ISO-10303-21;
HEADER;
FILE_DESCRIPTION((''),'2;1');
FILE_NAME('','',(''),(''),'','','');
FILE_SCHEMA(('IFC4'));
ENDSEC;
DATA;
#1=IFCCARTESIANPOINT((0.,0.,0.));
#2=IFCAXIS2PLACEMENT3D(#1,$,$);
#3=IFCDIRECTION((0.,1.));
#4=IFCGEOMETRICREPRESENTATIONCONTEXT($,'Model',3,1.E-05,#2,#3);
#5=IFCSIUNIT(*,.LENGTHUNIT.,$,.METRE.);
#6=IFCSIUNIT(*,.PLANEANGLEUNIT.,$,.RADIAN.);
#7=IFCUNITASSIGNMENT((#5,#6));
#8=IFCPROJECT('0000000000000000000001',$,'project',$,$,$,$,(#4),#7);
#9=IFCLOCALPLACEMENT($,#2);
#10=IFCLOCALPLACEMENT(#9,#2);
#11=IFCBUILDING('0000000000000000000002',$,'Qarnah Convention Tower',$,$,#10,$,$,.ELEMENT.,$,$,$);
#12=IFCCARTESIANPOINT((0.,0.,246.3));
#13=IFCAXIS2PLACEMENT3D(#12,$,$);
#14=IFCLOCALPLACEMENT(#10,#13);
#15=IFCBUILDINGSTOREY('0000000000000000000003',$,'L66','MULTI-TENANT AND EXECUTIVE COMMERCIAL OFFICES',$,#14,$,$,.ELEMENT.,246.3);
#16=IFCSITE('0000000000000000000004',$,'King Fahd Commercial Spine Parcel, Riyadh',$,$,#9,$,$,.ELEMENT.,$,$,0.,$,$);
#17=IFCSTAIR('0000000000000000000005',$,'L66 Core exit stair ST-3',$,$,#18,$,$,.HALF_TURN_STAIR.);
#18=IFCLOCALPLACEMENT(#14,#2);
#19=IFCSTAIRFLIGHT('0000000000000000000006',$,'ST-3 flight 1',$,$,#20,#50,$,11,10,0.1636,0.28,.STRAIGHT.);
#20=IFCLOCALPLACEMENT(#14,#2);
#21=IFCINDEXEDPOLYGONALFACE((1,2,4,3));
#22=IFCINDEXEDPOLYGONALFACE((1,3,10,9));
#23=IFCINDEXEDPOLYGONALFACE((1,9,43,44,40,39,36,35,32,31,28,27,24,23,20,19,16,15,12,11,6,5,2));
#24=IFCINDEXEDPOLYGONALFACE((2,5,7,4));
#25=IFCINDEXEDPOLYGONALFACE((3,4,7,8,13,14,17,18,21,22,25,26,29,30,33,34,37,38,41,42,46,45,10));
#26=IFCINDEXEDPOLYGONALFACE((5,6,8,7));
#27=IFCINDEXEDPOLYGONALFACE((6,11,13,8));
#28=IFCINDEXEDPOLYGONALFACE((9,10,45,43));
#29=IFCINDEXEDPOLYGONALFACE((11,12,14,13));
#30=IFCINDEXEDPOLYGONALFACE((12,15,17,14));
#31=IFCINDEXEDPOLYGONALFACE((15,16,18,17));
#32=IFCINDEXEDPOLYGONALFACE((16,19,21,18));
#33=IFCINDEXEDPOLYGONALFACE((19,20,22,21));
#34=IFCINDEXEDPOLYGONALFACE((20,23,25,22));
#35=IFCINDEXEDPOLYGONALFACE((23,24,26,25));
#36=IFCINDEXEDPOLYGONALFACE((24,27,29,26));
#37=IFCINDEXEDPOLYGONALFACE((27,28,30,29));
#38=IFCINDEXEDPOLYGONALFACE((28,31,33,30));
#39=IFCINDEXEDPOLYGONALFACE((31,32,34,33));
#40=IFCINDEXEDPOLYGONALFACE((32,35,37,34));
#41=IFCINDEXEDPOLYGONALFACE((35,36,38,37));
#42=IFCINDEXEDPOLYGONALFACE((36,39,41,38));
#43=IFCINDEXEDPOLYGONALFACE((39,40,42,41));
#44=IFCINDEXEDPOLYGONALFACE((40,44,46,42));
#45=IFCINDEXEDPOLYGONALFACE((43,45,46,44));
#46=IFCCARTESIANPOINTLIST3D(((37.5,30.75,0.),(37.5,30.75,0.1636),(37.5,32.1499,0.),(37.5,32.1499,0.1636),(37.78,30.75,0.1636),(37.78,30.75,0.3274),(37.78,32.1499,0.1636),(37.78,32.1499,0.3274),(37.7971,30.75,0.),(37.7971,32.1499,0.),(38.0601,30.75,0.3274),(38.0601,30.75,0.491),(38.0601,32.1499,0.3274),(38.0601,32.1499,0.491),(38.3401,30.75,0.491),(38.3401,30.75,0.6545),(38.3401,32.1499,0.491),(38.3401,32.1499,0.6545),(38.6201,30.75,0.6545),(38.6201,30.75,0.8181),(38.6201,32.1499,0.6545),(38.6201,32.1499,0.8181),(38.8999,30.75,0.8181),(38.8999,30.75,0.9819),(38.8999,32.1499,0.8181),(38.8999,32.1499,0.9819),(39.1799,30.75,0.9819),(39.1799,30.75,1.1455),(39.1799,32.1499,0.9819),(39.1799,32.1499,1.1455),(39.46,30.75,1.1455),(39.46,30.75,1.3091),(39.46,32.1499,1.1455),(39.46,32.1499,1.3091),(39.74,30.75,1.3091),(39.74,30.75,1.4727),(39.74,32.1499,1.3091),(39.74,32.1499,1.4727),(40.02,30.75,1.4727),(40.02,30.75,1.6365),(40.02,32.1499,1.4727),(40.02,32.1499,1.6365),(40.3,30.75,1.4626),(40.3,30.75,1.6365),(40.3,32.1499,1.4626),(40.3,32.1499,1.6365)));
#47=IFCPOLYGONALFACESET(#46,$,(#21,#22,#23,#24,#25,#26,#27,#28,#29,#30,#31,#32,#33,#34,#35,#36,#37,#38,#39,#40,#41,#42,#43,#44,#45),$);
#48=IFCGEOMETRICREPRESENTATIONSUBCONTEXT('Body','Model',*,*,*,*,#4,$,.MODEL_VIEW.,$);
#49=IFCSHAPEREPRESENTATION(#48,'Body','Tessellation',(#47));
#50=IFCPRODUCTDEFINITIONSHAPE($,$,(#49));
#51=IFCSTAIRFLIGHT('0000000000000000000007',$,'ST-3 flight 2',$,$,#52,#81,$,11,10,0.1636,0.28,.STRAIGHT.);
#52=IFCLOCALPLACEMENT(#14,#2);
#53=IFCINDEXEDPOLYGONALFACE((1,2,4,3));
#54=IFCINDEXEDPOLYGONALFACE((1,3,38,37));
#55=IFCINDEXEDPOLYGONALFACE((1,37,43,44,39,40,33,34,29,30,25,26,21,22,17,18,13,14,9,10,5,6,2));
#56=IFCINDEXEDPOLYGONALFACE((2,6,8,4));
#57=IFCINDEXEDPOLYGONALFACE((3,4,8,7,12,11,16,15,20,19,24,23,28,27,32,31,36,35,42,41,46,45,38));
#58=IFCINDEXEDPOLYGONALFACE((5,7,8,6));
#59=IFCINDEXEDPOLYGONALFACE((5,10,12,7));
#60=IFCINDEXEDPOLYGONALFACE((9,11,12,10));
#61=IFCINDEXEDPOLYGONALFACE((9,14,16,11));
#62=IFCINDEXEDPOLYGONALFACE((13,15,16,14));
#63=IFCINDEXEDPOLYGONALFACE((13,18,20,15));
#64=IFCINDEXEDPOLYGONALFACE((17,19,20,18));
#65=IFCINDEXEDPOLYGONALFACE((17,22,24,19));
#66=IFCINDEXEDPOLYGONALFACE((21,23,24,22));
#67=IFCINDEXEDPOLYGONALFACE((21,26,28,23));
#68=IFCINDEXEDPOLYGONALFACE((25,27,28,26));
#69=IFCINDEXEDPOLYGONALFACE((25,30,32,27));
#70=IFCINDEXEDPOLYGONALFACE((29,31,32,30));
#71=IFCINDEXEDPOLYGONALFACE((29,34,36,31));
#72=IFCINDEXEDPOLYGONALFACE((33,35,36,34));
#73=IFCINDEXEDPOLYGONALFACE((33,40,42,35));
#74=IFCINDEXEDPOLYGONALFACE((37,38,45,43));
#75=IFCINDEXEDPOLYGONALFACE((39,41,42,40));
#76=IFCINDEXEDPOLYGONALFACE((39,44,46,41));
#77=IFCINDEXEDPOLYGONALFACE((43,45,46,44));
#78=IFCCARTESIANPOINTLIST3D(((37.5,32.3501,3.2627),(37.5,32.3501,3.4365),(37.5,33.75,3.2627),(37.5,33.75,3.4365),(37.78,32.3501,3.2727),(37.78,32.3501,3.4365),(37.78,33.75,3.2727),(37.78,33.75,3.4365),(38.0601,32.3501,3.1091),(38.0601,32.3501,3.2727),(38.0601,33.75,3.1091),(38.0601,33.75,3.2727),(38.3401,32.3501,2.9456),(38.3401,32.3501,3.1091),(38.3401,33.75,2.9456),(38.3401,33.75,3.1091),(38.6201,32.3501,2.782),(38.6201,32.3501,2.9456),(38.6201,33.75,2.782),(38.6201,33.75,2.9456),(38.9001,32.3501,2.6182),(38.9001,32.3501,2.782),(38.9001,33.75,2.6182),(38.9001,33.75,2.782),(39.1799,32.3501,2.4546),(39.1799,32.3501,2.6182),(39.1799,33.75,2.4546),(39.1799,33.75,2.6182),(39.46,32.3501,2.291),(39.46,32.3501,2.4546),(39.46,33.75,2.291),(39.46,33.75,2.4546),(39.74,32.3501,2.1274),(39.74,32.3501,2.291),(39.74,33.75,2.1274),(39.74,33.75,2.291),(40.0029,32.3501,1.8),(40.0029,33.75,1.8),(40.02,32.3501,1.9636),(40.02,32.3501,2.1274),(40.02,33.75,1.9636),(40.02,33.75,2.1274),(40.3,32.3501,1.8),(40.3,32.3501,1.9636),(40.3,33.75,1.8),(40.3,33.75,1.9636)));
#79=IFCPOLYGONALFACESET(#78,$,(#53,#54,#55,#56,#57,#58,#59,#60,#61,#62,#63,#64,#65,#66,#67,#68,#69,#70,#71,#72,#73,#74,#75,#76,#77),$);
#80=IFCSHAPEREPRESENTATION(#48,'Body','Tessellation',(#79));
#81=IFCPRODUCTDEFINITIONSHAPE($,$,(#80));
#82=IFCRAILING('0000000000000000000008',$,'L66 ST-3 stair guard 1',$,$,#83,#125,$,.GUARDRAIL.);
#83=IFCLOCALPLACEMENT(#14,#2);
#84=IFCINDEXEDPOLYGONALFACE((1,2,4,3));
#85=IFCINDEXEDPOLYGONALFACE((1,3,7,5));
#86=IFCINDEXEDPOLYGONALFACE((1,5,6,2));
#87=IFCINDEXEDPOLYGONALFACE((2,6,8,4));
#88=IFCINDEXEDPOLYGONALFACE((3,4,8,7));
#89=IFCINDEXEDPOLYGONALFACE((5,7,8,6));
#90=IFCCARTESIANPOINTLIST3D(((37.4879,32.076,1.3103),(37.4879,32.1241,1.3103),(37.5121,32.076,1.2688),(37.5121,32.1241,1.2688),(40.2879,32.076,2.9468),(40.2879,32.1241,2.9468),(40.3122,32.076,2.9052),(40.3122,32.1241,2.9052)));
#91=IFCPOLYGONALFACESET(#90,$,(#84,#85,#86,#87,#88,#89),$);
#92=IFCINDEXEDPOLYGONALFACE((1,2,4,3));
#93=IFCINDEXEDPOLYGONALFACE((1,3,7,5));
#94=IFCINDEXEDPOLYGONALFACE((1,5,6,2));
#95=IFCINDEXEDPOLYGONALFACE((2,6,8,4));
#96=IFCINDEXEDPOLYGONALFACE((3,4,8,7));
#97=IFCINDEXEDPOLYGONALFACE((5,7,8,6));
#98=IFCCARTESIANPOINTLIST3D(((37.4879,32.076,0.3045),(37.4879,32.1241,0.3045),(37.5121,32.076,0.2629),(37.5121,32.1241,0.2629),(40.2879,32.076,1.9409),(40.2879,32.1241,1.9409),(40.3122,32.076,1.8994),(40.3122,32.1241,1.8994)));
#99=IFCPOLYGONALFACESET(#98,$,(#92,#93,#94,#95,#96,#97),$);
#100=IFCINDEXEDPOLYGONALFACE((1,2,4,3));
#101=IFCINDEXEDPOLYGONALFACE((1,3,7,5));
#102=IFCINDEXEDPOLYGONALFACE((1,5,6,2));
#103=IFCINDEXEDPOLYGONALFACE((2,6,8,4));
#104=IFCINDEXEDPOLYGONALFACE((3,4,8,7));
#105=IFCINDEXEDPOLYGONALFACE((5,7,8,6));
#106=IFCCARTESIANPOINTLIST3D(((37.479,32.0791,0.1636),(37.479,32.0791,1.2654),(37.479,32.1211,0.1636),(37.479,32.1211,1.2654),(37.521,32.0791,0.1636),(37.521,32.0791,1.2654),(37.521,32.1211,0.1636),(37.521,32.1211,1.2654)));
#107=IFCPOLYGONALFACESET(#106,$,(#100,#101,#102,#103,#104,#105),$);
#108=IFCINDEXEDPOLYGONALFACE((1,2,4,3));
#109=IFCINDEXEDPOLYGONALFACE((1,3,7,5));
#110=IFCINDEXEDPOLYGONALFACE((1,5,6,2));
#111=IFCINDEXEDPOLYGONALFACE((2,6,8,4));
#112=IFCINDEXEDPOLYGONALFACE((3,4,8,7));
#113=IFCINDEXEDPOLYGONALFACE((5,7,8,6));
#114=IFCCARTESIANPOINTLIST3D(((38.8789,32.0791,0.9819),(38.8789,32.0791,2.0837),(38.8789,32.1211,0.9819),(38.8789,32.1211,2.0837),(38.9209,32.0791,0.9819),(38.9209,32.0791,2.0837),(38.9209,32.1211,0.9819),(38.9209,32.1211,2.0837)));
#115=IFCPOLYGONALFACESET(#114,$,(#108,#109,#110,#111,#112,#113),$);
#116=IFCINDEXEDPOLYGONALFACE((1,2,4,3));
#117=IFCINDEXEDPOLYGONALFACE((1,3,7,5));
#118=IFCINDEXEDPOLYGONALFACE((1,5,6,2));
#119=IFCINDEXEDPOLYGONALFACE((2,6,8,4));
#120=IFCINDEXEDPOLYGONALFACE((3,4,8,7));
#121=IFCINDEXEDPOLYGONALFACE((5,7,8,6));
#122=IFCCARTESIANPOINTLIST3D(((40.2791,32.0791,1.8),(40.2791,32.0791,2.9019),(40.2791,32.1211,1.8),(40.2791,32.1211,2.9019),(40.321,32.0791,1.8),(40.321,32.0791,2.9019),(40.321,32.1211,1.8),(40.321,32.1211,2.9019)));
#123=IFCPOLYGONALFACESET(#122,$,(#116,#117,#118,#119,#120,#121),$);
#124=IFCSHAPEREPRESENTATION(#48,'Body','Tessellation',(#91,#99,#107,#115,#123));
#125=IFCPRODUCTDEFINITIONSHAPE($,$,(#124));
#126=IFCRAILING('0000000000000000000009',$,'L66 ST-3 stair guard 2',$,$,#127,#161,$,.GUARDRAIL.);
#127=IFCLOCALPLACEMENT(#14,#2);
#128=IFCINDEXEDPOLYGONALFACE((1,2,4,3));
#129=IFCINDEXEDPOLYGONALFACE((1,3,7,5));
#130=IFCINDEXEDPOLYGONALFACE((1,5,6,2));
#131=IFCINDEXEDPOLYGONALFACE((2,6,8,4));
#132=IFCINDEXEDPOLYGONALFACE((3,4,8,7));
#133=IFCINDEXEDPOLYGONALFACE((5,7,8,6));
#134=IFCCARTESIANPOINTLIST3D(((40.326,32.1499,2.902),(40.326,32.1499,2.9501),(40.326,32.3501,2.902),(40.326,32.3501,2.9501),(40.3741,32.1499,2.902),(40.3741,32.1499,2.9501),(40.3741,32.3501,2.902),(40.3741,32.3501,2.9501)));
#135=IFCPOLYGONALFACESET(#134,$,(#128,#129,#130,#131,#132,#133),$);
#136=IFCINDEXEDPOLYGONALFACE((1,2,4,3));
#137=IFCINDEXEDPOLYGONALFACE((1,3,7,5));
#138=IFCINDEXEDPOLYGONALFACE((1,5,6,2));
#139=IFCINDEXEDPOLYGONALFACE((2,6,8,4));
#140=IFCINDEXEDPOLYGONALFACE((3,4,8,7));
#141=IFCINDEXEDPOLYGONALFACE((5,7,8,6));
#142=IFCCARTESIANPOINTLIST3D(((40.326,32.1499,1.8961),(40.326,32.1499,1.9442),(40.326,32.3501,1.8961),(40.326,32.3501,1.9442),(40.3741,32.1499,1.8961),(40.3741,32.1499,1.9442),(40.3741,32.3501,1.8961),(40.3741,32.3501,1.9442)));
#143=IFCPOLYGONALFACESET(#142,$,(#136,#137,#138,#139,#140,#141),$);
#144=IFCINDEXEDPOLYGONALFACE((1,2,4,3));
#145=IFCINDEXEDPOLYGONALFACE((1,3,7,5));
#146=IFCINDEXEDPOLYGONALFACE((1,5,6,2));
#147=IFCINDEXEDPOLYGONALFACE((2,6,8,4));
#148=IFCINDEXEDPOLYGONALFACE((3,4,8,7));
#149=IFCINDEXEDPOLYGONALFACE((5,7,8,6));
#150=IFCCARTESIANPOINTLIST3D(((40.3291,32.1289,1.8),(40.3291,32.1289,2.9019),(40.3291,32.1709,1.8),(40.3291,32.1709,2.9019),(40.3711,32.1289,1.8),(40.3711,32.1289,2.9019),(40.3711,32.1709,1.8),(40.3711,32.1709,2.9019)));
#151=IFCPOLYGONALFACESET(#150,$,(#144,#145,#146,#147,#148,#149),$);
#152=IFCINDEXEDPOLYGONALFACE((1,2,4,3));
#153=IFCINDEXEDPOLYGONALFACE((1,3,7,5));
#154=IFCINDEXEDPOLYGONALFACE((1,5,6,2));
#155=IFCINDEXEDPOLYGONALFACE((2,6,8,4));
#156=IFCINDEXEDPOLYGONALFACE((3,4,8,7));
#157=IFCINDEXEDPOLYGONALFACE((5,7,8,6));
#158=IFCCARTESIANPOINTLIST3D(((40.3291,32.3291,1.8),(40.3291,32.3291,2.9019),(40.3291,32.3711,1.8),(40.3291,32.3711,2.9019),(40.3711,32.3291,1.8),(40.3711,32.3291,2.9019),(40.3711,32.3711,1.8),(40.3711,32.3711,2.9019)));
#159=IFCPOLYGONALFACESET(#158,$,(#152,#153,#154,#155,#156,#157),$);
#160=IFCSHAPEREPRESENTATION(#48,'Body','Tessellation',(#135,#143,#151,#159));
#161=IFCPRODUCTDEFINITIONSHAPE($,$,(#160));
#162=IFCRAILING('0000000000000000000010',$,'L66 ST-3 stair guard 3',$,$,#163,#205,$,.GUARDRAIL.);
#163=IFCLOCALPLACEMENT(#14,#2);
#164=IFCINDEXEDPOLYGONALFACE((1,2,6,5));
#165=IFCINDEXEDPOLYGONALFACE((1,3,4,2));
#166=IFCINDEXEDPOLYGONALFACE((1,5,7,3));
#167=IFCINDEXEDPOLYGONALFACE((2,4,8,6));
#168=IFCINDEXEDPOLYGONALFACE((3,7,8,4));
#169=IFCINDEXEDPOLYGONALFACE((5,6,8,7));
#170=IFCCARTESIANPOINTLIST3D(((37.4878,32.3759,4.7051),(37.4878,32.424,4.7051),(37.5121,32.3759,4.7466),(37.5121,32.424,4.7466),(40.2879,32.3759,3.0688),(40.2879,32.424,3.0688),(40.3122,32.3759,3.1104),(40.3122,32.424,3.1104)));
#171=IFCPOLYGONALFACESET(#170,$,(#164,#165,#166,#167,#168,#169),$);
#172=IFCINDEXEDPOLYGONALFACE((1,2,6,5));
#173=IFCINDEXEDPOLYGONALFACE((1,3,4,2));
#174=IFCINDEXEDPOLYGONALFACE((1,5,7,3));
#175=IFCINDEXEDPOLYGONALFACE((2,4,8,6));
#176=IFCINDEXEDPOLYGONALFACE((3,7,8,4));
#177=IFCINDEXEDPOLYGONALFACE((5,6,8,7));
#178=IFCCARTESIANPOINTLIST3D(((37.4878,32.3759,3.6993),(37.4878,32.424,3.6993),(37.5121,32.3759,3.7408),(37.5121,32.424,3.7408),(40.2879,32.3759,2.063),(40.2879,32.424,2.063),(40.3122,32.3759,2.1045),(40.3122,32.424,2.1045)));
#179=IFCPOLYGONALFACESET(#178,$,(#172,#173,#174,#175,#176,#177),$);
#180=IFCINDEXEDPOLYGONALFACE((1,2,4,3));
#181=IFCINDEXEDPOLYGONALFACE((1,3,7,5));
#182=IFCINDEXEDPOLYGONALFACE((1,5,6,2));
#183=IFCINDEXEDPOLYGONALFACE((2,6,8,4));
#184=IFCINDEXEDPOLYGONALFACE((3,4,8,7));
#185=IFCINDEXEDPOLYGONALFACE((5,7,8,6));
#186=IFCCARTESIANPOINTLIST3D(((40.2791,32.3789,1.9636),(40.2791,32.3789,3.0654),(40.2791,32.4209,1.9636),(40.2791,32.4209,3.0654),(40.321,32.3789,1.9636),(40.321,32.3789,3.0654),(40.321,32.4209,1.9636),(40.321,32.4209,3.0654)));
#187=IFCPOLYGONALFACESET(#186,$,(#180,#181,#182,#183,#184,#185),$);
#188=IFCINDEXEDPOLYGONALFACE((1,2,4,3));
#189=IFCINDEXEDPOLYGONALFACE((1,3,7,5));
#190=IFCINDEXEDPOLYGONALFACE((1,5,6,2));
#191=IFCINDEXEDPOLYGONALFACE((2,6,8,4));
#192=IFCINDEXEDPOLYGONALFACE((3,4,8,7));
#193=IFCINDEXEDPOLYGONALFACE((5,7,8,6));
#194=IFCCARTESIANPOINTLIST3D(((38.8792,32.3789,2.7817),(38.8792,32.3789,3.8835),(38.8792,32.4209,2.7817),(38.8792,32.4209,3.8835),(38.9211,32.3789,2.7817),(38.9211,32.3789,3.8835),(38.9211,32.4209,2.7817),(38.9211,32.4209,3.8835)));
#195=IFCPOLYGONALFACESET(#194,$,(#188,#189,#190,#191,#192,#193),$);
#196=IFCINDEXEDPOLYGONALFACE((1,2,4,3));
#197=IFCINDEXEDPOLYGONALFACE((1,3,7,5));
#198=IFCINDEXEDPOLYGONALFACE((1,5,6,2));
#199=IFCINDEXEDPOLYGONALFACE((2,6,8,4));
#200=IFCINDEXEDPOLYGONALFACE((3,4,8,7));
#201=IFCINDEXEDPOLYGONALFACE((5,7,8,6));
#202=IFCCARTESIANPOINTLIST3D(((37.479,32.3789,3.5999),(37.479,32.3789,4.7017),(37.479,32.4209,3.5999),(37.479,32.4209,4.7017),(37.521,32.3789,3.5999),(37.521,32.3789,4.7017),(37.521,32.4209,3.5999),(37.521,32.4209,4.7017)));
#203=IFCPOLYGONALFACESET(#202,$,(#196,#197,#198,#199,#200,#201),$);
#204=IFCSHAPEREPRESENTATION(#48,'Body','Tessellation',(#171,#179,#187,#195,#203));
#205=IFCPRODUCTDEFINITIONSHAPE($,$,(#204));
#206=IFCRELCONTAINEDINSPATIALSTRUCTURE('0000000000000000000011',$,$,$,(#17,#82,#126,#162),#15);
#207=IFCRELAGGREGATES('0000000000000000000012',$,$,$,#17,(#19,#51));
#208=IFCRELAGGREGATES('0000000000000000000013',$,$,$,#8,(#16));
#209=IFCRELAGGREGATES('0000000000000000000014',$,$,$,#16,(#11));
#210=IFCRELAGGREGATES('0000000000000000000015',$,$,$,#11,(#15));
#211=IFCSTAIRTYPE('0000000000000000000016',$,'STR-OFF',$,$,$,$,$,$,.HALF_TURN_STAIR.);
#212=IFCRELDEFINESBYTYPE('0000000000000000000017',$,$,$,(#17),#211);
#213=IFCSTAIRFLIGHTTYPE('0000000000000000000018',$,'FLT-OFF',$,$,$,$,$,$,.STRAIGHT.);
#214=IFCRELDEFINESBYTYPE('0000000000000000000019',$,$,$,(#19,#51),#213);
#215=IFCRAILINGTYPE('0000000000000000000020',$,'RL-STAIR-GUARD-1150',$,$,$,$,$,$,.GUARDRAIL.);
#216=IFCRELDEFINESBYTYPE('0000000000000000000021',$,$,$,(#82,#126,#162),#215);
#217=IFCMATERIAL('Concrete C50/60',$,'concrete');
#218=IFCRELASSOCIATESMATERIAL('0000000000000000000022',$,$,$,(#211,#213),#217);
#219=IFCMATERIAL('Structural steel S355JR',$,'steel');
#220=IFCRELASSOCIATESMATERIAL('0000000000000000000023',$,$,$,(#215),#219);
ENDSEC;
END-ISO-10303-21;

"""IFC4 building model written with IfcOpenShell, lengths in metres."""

from ifc_helpers import new_model, si_unit, direction, frame, origin, origin_2d, place, context, subcontext, project, spatial, polyline, rectangle, outline, extrude, material, type_object, element, aggregate, save


model = new_model("IFC4")

# Units and contexts
model_context = context("Model", 3, precision=1e-05, world=origin(), true_north=direction((0.0, 1.0)))
body_context = subcontext(model_context, "Body", "Model", "MODEL_VIEW")
ifc_project = project(units=[si_unit("LENGTHUNIT", "METRE"), si_unit("PLANEANGLEUNIT", "RADIAN")], contexts=[model_context])

# Site, building, storey
site_placement = place(None, origin())
site = spatial("IfcSite", under=ifc_project, at=site_placement, Name="King Fahd Commercial Spine Parcel, Riyadh", CompositionType="ELEMENT", RefElevation=0.0)
building_placement = place(site_placement, origin())
building = spatial("IfcBuilding", under=site, at=building_placement, Name="Qarnah Convention Tower", CompositionType="ELEMENT")
storey_placement = place(building_placement, frame((0.0, 0.0, 246.3)))
storey = spatial("IfcBuildingStorey", under=building, at=storey_placement, Name="L66", Description="MULTI-TENANT AND EXECUTIVE COMMERCIAL OFFICES", CompositionType="ELEMENT", Elevation=246.3)

# Shared definitions
ifc_material_1 = material(Name="Concrete C50/60", Category="concrete")

# Shared definitions
ifc_material_2 = material(Name="Structural steel S355JR", Category="steel")

# Stair, stair flights
stair_type = type_object("IfcStairType", Name="STR-OFF", PredefinedType="HALF_TURN_STAIR", material=ifc_material_1)
stair_placement = place(storey_placement, origin())
stair = element("IfcStair", 1, at=stair_placement, inside=storey, type_object=stair_type, Name="L66 Core exit stair ST-3", PredefinedType="HALF_TURN_STAIR")
stair_flight_type = type_object("IfcStairFlightType", Name="FLT-OFF", PredefinedType="STRAIGHT", material=ifc_material_1)
stair_flight_1_placement = place(storey_placement, frame((37.5, 31.45, 0.0), z_axis=(0.0, 0.0, 1.0), x_axis=(1.0, 0.0, 0.0)))
stair_flight_1 = element("IfcStairFlight", 2, at=stair_flight_1_placement, type_object=stair_flight_type, Name="ST-3 flight 1", NumberOfRisers=11, NumberOfTreads=10, PredefinedType="STRAIGHT", RiserHeight=0.1636, TreadLength=0.28, context=body_context, shape_type="SweptSolid", body=[
    extrude(outline(polyline([(0.0, 0.0), (0.0, 0.1636), (0.28, 0.1636), (0.28, 0.3274), (0.5601, 0.3274), (0.5601, 0.491), (0.8401, 0.491), (0.8401, 0.6545), (1.1201, 0.6545), (1.1201, 0.8181), (1.3999, 0.8181), (1.3999, 0.9819), (1.6799, 0.9819), (1.6799, 1.1455), (1.96, 1.1455), (1.96, 1.3091), (2.24, 1.3091), (2.24, 1.4727), (2.52, 1.4727), (2.52, 1.6365), (2.8, 1.6365), (2.8, 1.8), (2.8, 1.4626), (0.2971, 0.0), (0.0, 0.0)])), frame((0.0, 0.7, 0.0), z_axis=(0.0, -1.0, 0.0), x_axis=(1.0, 0.0, 0.0)), (0.0, 0.0, 1.0), 1.3999),
])
stair_flight_2_placement = place(storey_placement, frame((40.3, 33.05, 1.8), z_axis=(0.0, 0.0, 1.0), x_axis=(-1.0, 0.0, 0.0)))
stair_flight_2 = element("IfcStairFlight", 3, at=stair_flight_2_placement, type_object=stair_flight_type, Name="ST-3 flight 2", NumberOfRisers=11, NumberOfTreads=10, PredefinedType="STRAIGHT", RiserHeight=0.1636, TreadLength=0.28, context=body_context, shape_type="SweptSolid", body=[
    extrude(outline(polyline([(0.0, 0.0), (0.0, 0.1636), (0.28, 0.1636), (0.28, 0.3274), (0.5601, 0.3274), (0.5601, 0.491), (0.8401, 0.491), (0.8401, 0.6545), (1.1201, 0.6545), (1.1201, 0.8181), (1.3999, 0.8181), (1.3999, 0.9819), (1.6799, 0.9819), (1.6799, 1.1455), (1.96, 1.1455), (1.96, 1.3091), (2.24, 1.3091), (2.24, 1.4727), (2.52, 1.4727), (2.52, 1.6365), (2.8, 1.6365), (2.8, 1.8), (2.8, 1.4626), (0.2971, 0.0), (0.0, 0.0)])), frame((0.0, 0.7, 0.0), z_axis=(0.0, -1.0, 0.0), x_axis=(1.0, 0.0, 0.0)), (0.0, 0.0, 1.0), 1.3999),
])
aggregate(stair, [stair_flight_1, stair_flight_2])

# Railings
railing_type_1 = type_object("IfcRailingType", Name="RL-STAIR-GUARD-1150", PredefinedType="GUARDRAIL", material=ifc_material_2)
railing_1_placement = place(storey_placement, frame((37.5, 32.1001, 0.1636)))
element("IfcRailing", 4, at=railing_1_placement, inside=storey, type_object=railing_type_1, Name="L66 ST-3 stair guard 1", PredefinedType="GUARDRAIL", context=body_context, shape_type="SweptSolid", body=[
    extrude(rectangle(XDim=0.0481, YDim=0.0481, at=origin_2d()), frame((0.0, 0.0, 1.126), z_axis=(0.863361, 0.0, 0.504587), x_axis=(0.0, 1.0, 0.0)), (0.0, 0.0, 1.0), 3.2432),
    extrude(rectangle(XDim=0.0481, YDim=0.0481, at=origin_2d()), frame((0.0, 0.0, 0.1201), z_axis=(0.863361, 0.0, 0.504587), x_axis=(0.0, 1.0, 0.0)), (0.0, 0.0, 1.0), 3.2432),
    extrude(rectangle(XDim=0.042, YDim=0.042, at=origin_2d()), origin(), (0.0, 0.0, 1.0), 1.1018),
    extrude(rectangle(XDim=0.042, YDim=0.042, at=origin_2d()), frame((1.3999, 0.0, 0.8184)), (0.0, 0.0, 1.0), 1.1018),
    extrude(rectangle(XDim=0.042, YDim=0.042, at=origin_2d()), frame((2.8, 0.0, 1.6365)), (0.0, 0.0, 1.0), 1.1018),
])
railing_2_placement = place(storey_placement, frame((40.3501, 32.1499, 1.8)))
element("IfcRailing", 5, at=railing_2_placement, inside=storey, type_object=railing_type_1, Name="L66 ST-3 stair guard 2", PredefinedType="GUARDRAIL", context=body_context, shape_type="SweptSolid", body=[
    extrude(rectangle(XDim=0.0481, YDim=0.0481, at=origin_2d()), frame((0.0, 0.0, 1.126), z_axis=(0.0, 1.0, 0.0), x_axis=(-1.0, 0.0, 0.0)), (0.0, 0.0, 1.0), 0.2002),
    extrude(rectangle(XDim=0.0481, YDim=0.0481, at=origin_2d()), frame((0.0, 0.0, 0.1201), z_axis=(0.0, 1.0, 0.0), x_axis=(-1.0, 0.0, 0.0)), (0.0, 0.0, 1.0), 0.2002),
    extrude(rectangle(XDim=0.042, YDim=0.042, at=origin_2d()), origin(), (0.0, 0.0, 1.0), 1.1018),
    extrude(rectangle(XDim=0.042, YDim=0.042, at=origin_2d()), frame((0.0, 0.2002, 0.0)), (0.0, 0.0, 1.0), 1.1018),
])
railing_3_placement = place(storey_placement, frame((40.3, 32.3999, 1.9636)))
element("IfcRailing", 6, at=railing_3_placement, inside=storey, type_object=railing_type_1, Name="L66 ST-3 stair guard 3", PredefinedType="GUARDRAIL", context=body_context, shape_type="SweptSolid", body=[
    extrude(rectangle(XDim=0.0481, YDim=0.0481, at=origin_2d()), frame((0.0, 0.0, 1.126), z_axis=(-0.863394, 0.0, 0.504531), x_axis=(0.0, -1.0, 0.0)), (0.0, 0.0, 1.0), 3.2432),
    extrude(rectangle(XDim=0.0481, YDim=0.0481, at=origin_2d()), frame((0.0, 0.0, 0.1201), z_axis=(-0.863394, 0.0, 0.504531), x_axis=(0.0, -1.0, 0.0)), (0.0, 0.0, 1.0), 3.2432),
    extrude(rectangle(XDim=0.042, YDim=0.042, at=origin_2d()), origin(), (0.0, 0.0, 1.0), 1.1018),
    extrude(rectangle(XDim=0.042, YDim=0.042, at=origin_2d()), frame((-1.3999, 0.0, 0.8181)), (0.0, 0.0, 1.0), 1.1018),
    extrude(rectangle(XDim=0.042, YDim=0.042, at=origin_2d()), frame((-2.8, 0.0, 1.6362)), (0.0, 0.0, 1.0), 1.1018),
])

save(model, "model.ifc")
